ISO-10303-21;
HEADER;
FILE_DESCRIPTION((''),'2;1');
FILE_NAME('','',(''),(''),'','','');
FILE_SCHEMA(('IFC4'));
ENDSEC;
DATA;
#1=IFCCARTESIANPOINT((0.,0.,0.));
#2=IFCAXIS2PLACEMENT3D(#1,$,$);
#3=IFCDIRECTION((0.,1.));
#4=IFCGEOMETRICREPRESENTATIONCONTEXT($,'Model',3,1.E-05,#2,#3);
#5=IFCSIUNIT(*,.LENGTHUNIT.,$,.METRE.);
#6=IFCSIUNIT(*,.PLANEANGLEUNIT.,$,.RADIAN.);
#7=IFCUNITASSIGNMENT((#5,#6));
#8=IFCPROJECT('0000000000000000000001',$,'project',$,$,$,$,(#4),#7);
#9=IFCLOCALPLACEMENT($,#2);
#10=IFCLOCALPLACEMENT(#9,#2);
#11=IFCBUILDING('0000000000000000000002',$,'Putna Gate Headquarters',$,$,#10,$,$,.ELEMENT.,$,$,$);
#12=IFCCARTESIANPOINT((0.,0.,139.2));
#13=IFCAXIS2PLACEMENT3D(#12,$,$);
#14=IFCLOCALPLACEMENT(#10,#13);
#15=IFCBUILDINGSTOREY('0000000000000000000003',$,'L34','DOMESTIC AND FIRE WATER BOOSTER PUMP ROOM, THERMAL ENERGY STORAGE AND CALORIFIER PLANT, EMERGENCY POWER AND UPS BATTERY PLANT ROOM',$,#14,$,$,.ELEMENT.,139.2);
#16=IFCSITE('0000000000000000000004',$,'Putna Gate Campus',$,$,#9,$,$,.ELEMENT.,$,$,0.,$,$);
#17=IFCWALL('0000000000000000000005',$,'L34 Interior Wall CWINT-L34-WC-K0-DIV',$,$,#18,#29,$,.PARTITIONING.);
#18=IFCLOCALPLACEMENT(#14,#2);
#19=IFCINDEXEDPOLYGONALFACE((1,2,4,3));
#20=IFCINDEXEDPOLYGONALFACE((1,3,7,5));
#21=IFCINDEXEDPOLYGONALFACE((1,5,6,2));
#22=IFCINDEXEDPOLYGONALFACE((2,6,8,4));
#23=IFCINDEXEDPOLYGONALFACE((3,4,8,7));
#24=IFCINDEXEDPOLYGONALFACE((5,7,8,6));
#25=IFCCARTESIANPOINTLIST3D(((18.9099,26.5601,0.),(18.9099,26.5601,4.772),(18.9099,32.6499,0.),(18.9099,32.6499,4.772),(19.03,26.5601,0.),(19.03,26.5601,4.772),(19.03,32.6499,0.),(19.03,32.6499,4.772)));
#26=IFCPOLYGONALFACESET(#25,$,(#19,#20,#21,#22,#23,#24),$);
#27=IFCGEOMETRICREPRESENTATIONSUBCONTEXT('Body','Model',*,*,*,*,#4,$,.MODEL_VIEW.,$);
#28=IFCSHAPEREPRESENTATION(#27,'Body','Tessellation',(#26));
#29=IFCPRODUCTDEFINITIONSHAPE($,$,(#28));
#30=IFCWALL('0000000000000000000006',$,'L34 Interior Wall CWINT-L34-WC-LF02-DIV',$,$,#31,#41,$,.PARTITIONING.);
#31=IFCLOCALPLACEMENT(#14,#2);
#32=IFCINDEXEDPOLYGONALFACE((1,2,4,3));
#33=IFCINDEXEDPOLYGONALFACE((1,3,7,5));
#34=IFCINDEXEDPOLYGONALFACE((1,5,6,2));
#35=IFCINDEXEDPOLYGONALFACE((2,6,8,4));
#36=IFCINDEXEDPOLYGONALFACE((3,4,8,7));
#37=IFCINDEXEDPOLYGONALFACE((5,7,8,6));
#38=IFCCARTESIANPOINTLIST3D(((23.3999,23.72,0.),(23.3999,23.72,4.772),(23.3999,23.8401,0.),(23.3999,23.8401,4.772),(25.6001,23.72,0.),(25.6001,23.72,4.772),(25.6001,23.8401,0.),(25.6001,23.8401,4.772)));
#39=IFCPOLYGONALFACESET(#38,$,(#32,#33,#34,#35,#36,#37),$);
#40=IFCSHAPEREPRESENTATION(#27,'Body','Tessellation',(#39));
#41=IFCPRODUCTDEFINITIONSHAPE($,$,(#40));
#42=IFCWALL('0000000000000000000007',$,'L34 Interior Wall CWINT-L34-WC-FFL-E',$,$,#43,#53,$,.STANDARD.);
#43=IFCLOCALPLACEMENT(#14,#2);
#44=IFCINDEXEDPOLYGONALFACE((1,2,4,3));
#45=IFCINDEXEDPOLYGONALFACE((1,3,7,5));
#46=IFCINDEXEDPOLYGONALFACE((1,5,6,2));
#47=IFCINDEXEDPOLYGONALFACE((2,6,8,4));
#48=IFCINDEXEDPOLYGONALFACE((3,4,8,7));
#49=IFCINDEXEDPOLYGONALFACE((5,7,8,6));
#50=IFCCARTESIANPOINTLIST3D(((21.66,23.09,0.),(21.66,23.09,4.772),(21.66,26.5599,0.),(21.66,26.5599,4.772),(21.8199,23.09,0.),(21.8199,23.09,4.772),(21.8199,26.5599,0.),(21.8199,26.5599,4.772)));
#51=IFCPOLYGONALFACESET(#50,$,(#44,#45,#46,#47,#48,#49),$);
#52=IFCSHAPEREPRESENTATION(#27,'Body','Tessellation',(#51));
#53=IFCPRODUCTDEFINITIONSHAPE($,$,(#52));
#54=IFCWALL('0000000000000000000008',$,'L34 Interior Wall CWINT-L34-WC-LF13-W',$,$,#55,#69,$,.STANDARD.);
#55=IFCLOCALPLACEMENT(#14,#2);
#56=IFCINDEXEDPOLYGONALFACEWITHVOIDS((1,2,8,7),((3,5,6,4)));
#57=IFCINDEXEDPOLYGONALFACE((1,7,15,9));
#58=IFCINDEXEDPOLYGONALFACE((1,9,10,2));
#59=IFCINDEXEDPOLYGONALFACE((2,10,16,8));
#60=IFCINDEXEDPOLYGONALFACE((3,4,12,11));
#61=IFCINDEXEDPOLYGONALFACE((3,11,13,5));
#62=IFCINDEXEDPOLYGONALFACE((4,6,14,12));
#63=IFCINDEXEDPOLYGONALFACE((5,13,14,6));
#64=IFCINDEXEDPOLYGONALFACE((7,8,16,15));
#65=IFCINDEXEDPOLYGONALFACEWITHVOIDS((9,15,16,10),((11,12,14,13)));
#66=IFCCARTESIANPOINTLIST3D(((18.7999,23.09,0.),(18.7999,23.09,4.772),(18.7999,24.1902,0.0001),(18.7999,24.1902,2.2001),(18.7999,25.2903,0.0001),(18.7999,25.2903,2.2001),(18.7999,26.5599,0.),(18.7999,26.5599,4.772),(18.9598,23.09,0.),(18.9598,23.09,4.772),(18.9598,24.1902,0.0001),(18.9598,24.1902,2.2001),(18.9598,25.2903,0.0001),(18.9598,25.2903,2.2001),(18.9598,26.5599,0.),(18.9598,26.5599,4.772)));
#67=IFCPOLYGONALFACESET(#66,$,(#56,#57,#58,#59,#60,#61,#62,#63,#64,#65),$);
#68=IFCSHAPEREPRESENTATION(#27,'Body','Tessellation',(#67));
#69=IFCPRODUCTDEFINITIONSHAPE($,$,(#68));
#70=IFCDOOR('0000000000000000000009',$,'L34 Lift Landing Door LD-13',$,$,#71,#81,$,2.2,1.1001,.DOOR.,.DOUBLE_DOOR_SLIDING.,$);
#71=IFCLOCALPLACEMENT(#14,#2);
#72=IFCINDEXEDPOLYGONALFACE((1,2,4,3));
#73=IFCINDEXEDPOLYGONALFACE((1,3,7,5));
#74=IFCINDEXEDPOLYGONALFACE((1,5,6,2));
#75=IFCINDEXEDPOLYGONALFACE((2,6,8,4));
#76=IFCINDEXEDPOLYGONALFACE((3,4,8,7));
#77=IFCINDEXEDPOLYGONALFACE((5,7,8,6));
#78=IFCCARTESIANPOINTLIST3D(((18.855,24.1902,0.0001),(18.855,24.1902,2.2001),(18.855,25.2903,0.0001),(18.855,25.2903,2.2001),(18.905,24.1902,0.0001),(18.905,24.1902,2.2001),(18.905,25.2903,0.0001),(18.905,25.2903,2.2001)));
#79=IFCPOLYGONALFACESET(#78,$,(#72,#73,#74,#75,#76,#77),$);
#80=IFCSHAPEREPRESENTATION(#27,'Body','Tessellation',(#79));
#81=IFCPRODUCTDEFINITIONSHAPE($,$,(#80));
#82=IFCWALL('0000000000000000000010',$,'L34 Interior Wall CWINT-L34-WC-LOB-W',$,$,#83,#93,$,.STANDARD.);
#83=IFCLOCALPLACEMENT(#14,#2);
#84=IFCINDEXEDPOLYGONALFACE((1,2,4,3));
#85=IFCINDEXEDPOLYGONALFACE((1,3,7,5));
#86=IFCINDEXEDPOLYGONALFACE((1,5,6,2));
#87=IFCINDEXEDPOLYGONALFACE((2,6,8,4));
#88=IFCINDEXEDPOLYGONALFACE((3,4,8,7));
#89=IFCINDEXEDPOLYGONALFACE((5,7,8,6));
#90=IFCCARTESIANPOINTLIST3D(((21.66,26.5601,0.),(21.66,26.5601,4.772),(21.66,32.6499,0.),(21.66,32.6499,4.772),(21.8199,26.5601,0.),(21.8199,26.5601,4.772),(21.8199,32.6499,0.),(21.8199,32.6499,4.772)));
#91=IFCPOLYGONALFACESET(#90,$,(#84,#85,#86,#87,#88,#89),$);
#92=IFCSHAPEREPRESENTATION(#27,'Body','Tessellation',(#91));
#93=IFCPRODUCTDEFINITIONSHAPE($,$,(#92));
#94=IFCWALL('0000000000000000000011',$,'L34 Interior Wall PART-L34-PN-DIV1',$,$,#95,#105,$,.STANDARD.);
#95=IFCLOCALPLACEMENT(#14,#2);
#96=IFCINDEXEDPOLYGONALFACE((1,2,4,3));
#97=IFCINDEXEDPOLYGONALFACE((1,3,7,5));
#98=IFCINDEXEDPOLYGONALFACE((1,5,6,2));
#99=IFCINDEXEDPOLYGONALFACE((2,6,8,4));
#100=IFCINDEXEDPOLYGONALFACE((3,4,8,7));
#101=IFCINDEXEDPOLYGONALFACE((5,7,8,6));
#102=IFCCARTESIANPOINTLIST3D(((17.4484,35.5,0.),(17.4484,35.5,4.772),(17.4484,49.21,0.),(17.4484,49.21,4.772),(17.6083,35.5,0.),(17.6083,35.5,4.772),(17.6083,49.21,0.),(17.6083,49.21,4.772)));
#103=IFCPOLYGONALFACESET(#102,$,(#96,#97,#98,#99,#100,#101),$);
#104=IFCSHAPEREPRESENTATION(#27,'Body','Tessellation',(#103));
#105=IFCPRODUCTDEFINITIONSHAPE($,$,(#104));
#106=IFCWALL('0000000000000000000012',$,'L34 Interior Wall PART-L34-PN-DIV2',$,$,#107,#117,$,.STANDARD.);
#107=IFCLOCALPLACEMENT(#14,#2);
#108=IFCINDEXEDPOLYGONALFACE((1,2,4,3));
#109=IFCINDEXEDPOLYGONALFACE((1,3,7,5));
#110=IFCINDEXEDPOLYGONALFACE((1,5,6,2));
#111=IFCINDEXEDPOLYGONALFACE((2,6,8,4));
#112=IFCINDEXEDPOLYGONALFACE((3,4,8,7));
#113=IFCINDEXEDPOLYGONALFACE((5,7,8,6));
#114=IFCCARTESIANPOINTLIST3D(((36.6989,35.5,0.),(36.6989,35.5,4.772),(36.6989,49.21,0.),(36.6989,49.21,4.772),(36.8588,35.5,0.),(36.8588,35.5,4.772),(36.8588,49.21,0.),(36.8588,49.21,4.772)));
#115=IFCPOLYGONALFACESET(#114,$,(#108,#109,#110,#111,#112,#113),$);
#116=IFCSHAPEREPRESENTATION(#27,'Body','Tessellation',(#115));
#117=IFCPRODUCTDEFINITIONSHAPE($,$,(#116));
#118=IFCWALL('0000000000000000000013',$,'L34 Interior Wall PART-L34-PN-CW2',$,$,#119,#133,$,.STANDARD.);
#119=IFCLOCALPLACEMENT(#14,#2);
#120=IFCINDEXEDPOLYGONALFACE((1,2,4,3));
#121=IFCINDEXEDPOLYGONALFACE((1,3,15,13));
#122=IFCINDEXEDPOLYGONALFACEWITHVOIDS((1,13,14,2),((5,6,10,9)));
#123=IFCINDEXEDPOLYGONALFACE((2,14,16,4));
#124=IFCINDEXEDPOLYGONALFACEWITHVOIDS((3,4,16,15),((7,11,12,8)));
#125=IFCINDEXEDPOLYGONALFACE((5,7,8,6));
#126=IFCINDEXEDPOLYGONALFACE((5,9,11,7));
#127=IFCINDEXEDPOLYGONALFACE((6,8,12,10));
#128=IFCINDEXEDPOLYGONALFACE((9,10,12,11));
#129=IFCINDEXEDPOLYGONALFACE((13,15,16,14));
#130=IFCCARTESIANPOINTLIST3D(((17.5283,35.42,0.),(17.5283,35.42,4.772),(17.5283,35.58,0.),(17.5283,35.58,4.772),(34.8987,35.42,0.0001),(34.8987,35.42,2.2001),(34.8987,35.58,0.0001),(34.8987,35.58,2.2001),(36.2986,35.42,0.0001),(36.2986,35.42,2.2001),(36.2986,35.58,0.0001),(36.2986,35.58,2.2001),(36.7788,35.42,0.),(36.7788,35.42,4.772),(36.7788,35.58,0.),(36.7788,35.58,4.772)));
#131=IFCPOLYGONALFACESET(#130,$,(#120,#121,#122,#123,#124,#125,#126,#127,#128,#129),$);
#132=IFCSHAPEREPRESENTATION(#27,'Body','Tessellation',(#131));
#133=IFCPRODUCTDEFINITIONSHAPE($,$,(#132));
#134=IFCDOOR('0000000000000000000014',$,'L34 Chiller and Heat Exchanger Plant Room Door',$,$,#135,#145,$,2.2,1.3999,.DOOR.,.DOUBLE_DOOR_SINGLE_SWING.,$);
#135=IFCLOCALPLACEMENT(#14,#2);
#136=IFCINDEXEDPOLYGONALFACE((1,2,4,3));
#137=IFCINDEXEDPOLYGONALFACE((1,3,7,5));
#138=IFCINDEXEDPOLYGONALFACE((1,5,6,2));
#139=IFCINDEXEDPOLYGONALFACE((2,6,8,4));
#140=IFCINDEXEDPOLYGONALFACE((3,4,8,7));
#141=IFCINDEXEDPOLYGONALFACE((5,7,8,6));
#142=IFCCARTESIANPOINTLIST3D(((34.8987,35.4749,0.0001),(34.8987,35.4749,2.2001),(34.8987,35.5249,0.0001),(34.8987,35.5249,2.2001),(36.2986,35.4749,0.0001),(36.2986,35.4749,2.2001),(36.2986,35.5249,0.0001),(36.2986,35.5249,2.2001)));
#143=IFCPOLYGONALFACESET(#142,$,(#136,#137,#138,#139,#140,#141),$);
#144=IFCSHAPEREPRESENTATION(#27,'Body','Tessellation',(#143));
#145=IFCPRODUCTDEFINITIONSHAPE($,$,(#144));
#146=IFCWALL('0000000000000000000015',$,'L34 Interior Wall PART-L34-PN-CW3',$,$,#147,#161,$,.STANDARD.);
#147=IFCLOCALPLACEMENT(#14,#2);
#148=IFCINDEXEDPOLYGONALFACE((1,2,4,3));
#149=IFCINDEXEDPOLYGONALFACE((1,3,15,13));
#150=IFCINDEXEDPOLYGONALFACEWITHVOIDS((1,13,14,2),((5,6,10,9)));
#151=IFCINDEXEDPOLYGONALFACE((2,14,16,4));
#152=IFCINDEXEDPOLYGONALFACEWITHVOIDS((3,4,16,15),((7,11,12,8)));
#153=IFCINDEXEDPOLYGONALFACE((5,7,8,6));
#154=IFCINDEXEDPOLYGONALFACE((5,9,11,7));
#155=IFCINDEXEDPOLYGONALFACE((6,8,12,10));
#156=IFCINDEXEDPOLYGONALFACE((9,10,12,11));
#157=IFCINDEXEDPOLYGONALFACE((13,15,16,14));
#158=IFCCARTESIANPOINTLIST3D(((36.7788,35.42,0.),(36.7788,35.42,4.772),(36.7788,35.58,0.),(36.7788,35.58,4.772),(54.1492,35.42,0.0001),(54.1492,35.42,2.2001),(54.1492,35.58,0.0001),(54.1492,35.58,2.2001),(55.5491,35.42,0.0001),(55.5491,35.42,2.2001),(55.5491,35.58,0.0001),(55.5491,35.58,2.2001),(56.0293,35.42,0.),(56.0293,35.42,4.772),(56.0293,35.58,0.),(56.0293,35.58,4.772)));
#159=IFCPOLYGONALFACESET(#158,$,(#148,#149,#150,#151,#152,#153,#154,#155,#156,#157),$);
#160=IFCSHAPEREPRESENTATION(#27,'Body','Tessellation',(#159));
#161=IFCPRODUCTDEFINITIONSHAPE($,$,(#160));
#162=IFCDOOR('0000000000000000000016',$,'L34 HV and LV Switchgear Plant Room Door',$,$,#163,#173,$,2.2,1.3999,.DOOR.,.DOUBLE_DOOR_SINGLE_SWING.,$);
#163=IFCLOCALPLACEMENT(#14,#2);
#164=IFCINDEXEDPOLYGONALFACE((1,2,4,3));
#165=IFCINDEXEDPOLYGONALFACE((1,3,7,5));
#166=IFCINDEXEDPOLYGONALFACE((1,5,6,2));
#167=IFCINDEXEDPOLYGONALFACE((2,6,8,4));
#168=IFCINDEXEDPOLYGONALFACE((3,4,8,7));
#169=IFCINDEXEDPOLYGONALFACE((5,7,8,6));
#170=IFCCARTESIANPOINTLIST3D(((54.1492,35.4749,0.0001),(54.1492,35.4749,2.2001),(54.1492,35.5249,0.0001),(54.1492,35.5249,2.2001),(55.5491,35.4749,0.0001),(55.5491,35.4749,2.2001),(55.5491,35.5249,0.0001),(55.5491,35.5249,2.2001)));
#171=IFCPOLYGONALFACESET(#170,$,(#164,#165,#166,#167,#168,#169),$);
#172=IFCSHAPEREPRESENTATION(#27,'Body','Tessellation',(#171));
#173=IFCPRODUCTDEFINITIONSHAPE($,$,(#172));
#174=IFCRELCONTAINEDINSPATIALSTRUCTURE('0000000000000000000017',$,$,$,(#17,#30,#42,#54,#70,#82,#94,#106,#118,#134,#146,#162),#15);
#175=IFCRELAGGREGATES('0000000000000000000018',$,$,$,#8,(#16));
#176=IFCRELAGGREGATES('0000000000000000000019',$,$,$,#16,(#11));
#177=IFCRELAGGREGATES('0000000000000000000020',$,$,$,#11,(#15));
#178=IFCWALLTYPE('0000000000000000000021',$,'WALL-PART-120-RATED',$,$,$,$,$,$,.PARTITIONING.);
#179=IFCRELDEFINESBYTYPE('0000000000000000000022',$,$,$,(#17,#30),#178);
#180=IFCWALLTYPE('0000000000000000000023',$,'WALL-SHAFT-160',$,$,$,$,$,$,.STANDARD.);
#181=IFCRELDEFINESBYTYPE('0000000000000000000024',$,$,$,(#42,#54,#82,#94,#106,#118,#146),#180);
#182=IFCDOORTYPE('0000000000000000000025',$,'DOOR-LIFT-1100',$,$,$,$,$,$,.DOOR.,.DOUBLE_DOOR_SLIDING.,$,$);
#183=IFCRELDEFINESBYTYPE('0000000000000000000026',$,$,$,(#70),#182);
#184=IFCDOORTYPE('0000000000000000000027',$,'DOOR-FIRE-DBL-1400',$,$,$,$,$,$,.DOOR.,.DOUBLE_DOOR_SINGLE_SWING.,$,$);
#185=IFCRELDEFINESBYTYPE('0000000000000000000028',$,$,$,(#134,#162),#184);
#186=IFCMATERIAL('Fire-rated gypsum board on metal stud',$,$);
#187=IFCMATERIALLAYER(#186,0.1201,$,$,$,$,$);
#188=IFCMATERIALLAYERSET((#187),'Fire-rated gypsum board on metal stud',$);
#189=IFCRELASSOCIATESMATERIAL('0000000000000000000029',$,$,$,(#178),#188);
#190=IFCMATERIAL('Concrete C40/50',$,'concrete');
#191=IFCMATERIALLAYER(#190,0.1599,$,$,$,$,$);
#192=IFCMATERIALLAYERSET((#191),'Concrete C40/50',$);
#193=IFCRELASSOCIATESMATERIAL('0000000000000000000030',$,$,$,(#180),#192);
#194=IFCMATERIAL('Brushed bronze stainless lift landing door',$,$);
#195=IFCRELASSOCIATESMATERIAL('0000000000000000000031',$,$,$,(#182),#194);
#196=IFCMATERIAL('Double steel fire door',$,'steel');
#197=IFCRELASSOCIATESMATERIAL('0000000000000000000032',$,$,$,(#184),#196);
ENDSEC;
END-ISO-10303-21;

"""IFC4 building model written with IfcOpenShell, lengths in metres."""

from ifc_helpers import new_model, si_unit, direction, frame, frame_2d, origin, place, context, subcontext, project, spatial, rectangle, extrude, material, layer, layer_set, type_object, element, fill, save


model = new_model("IFC4")

# Units and contexts
model_context = context("Model", 3, precision=1e-05, world=origin(), true_north=direction((0.0, 1.0)))
body_context = subcontext(model_context, "Body", "Model", "MODEL_VIEW")
ifc_project = project(units=[si_unit("LENGTHUNIT", "METRE"), si_unit("PLANEANGLEUNIT", "RADIAN")], contexts=[model_context])

# Site, building, storey
site_placement = place(None, origin())
site = spatial("IfcSite", under=ifc_project, at=site_placement, Name="Putna Gate Campus", CompositionType="ELEMENT", RefElevation=0.0)
building_placement = place(site_placement, origin())
building = spatial("IfcBuilding", under=site, at=building_placement, Name="Putna Gate Headquarters", CompositionType="ELEMENT")
storey_placement = place(building_placement, frame((0.0, 0.0, 139.2)))
storey = spatial("IfcBuildingStorey", under=building, at=storey_placement, Name="L34", Description="DOMESTIC AND FIRE WATER BOOSTER PUMP ROOM, THERMAL ENERGY STORAGE AND CALORIFIER PLANT, EMERGENCY POWER AND UPS BATTERY PLANT ROOM", CompositionType="ELEMENT", Elevation=139.2)

# Walls
ifc_material_1 = material(Name="Fire-rated gypsum board on metal stud")
ifc_layer_1 = layer(ifc_material_1, 0.1201)
ifc_layer_set_1 = layer_set([ifc_layer_1], Name="Fire-rated gypsum board on metal stud")
wall_type_1 = type_object("IfcWallType", Name="WALL-PART-120-RATED", PredefinedType="PARTITIONING", material=ifc_layer_set_1)
wall_1_placement = place(storey_placement, frame((18.97, 26.5601, 0.0), z_axis=(0.0, 0.0, 1.0), x_axis=(0.0, 1.0, 0.0)))
element("IfcWall", 1, at=wall_1_placement, inside=storey, type_object=wall_type_1, Name="L34 Interior Wall CWINT-L34-WC-K0-DIV", PredefinedType="PARTITIONING", context=body_context, shape_type="SweptSolid", body=[
    extrude(rectangle(XDim=6.0898, YDim=0.1201, at=frame_2d((3.0449, 0.0))), origin(), (0.0, 0.0, 1.0), 4.772),
])
wall_2_placement = place(storey_placement, frame((23.3999, 23.78, 0.0), z_axis=(0.0, 0.0, 1.0), x_axis=(1.0, 0.0, 0.0)))
element("IfcWall", 2, at=wall_2_placement, inside=storey, type_object=wall_type_1, Name="L34 Interior Wall CWINT-L34-WC-LF02-DIV", PredefinedType="PARTITIONING", context=body_context, shape_type="SweptSolid", body=[
    extrude(rectangle(XDim=2.2002, YDim=0.1201, at=frame_2d((1.1001, 0.0))), origin(), (0.0, 0.0, 1.0), 4.772),
])
ifc_material_2 = material(Name="Concrete C40/50", Category="concrete")
ifc_layer_2 = layer(ifc_material_2, 0.1599)
ifc_layer_set_2 = layer_set([ifc_layer_2], Name="Concrete C40/50")
wall_type_2 = type_object("IfcWallType", Name="WALL-SHAFT-160", PredefinedType="STANDARD", material=ifc_layer_set_2)
wall_3_placement = place(storey_placement, frame((21.74, 23.0901, 0.0), z_axis=(0.0, 0.0, 1.0), x_axis=(0.0, 1.0, 0.0)))
element("IfcWall", 3, at=wall_3_placement, inside=storey, type_object=wall_type_2, Name="L34 Interior Wall CWINT-L34-WC-FFL-E", PredefinedType="STANDARD", context=body_context, shape_type="SweptSolid", body=[
    extrude(rectangle(XDim=3.47, YDim=0.1599, at=frame_2d((1.7349, 0.0))), origin(), (0.0, 0.0, 1.0), 4.772),
])

# Wall, opening, door
wall_4_placement = place(storey_placement, frame((18.8799, 23.0901, 0.0), z_axis=(0.0, 0.0, 1.0), x_axis=(0.0, 1.0, 0.0)))
wall_4 = element("IfcWall", 4, at=wall_4_placement, inside=storey, type_object=wall_type_2, Name="L34 Interior Wall CWINT-L34-WC-LF13-W", PredefinedType="STANDARD", context=body_context, shape_type="SweptSolid", body=[
    extrude(rectangle(XDim=3.47, YDim=0.1599, at=frame_2d((1.7349, 0.0))), origin(), (0.0, 0.0, 1.0), 4.772),
])
opening_1_placement = place(wall_4_placement, frame((1.1001, 0.0, 0.0)))
opening_1 = element("IfcOpeningElement", 5, at=opening_1_placement, cuts=wall_4, PredefinedType="OPENING", context=body_context, shape_type="SweptSolid", body=[
    extrude(rectangle(XDim=1.1001, YDim=2.2, at=frame_2d((0.55, 1.1001))), frame((0.0, 0.0898, 0.0), z_axis=(0.0, -1.0, 0.0), x_axis=(1.0, 0.0, 0.0)), (0.0, 0.0, 1.0), 0.1799),
])
ifc_material_3 = material(Name="Brushed bronze stainless lift landing door")
door_type_1 = type_object("IfcDoorType", Name="DOOR-LIFT-1100", OperationType="DOUBLE_DOOR_SLIDING", PredefinedType="DOOR", material=ifc_material_3)
door_1_placement = place(opening_1_placement, origin())
door_1 = element("IfcDoor", 6, at=door_1_placement, inside=storey, type_object=door_type_1, Name="L34 Lift Landing Door LD-13", OperationType="DOUBLE_DOOR_SLIDING", OverallHeight=2.2, OverallWidth=1.1001, PredefinedType="DOOR", context=body_context, shape_type="SweptSolid", body=[
    extrude(rectangle(XDim=1.1001, YDim=2.2, at=frame_2d((0.55, 1.1001))), frame((0.0, 0.0249, 0.0), z_axis=(0.0, -1.0, 0.0), x_axis=(1.0, 0.0, 0.0)), (0.0, 0.0, 1.0), 0.05),
])
fill(opening_1, door_1)

# Walls
wall_5_placement = place(storey_placement, frame((21.74, 26.5601, 0.0), z_axis=(0.0, 0.0, 1.0), x_axis=(0.0, 1.0, 0.0)))
element("IfcWall", 7, at=wall_5_placement, inside=storey, type_object=wall_type_2, Name="L34 Interior Wall CWINT-L34-WC-LOB-W", PredefinedType="STANDARD", context=body_context, shape_type="SweptSolid", body=[
    extrude(rectangle(XDim=6.0898, YDim=0.1599, at=frame_2d((3.0449, 0.0))), origin(), (0.0, 0.0, 1.0), 4.772),
])
for number, where, z_axis, x_axis, name in (
    (8, (17.5283, 35.5, 0.0), (0.0, 0.0, 1.0), (0.0, 1.0, 0.0), "L34 Interior Wall PART-L34-PN-DIV1"),
    (9, (36.7788, 35.5, 0.0), (0.0, 0.0, 1.0), (0.0, 1.0, 0.0), "L34 Interior Wall PART-L34-PN-DIV2"),
):
    element("IfcWall", number, at=place(storey_placement, frame(where, z_axis=z_axis, x_axis=x_axis)), inside=storey, type_object=wall_type_2, Name=name, PredefinedType="STANDARD", context=body_context, shape_type="SweptSolid", body=[
        extrude(rectangle(XDim=13.71, YDim=0.1599, at=frame_2d((6.855, 0.0))), origin(), (0.0, 0.0, 1.0), 4.772),
    ])

# Walls, openings, doors
wall_6_placement = place(storey_placement, frame((17.5283, 35.5, 0.0), z_axis=(0.0, 0.0, 1.0), x_axis=(1.0, 0.0, 0.0)))
wall_6 = element("IfcWall", 10, at=wall_6_placement, inside=storey, type_object=wall_type_2, Name="L34 Interior Wall PART-L34-PN-CW2", PredefinedType="STANDARD", context=body_context, shape_type="SweptSolid", body=[
    extrude(rectangle(XDim=19.2505, YDim=0.1599, at=frame_2d((9.6252, 0.0))), origin(), (0.0, 0.0, 1.0), 4.772),
])
opening_2_placement = place(wall_6_placement, frame((17.3704, 0.0, 0.0)))
opening_2 = element("IfcOpeningElement", 11, at=opening_2_placement, cuts=wall_6, PredefinedType="OPENING", context=body_context, shape_type="SweptSolid", body=[
    extrude(rectangle(XDim=1.3999, YDim=2.2, at=frame_2d((0.7, 1.1001))), frame((0.0, 0.0898, 0.0), z_axis=(0.0, -1.0, 0.0), x_axis=(1.0, 0.0, 0.0)), (0.0, 0.0, 1.0), 0.1799),
])
ifc_material_4 = material(Name="Double steel fire door", Category="steel")
door_type_2 = type_object("IfcDoorType", Name="DOOR-FIRE-DBL-1400", OperationType="DOUBLE_DOOR_SINGLE_SWING", PredefinedType="DOOR", material=ifc_material_4)
door_2_placement = place(opening_2_placement, origin())
door_2 = element("IfcDoor", 12, at=door_2_placement, inside=storey, type_object=door_type_2, Name="L34 Chiller and Heat Exchanger Plant Room Door", OperationType="DOUBLE_DOOR_SINGLE_SWING", OverallHeight=2.2, OverallWidth=1.3999, PredefinedType="DOOR", context=body_context, shape_type="SweptSolid", body=[
    extrude(rectangle(XDim=1.3999, YDim=2.2, at=frame_2d((0.7, 1.1001))), frame((0.0, 0.0249, 0.0), z_axis=(0.0, -1.0, 0.0), x_axis=(1.0, 0.0, 0.0)), (0.0, 0.0, 1.0), 0.05),
])
fill(opening_2, door_2)
wall_7_placement = place(storey_placement, frame((36.7788, 35.5, 0.0), z_axis=(0.0, 0.0, 1.0), x_axis=(1.0, 0.0, 0.0)))
wall_7 = element("IfcWall", 13, at=wall_7_placement, inside=storey, type_object=wall_type_2, Name="L34 Interior Wall PART-L34-PN-CW3", PredefinedType="STANDARD", context=body_context, shape_type="SweptSolid", body=[
    extrude(rectangle(XDim=19.2505, YDim=0.1599, at=frame_2d((9.6252, 0.0))), origin(), (0.0, 0.0, 1.0), 4.772),
])
opening_3_placement = place(wall_7_placement, frame((17.3704, 0.0, 0.0)))
opening_3 = element("IfcOpeningElement", 14, at=opening_3_placement, cuts=wall_7, PredefinedType="OPENING", context=body_context, shape_type="SweptSolid", body=[
    extrude(rectangle(XDim=1.3999, YDim=2.2, at=frame_2d((0.7, 1.1001))), frame((0.0, 0.0898, 0.0), z_axis=(0.0, -1.0, 0.0), x_axis=(1.0, 0.0, 0.0)), (0.0, 0.0, 1.0), 0.1799),
])
door_3_placement = place(opening_3_placement, origin())
door_3 = element("IfcDoor", 15, at=door_3_placement, inside=storey, type_object=door_type_2, Name="L34 HV and LV Switchgear Plant Room Door", OperationType="DOUBLE_DOOR_SINGLE_SWING", OverallHeight=2.2, OverallWidth=1.3999, PredefinedType="DOOR", context=body_context, shape_type="SweptSolid", body=[
    extrude(rectangle(XDim=1.3999, YDim=2.2, at=frame_2d((0.7, 1.1001))), frame((0.0, 0.0249, 0.0), z_axis=(0.0, -1.0, 0.0), x_axis=(1.0, 0.0, 0.0)), (0.0, 0.0, 1.0), 0.05),
])
fill(opening_3, door_3)

save(model, "model.ifc")
